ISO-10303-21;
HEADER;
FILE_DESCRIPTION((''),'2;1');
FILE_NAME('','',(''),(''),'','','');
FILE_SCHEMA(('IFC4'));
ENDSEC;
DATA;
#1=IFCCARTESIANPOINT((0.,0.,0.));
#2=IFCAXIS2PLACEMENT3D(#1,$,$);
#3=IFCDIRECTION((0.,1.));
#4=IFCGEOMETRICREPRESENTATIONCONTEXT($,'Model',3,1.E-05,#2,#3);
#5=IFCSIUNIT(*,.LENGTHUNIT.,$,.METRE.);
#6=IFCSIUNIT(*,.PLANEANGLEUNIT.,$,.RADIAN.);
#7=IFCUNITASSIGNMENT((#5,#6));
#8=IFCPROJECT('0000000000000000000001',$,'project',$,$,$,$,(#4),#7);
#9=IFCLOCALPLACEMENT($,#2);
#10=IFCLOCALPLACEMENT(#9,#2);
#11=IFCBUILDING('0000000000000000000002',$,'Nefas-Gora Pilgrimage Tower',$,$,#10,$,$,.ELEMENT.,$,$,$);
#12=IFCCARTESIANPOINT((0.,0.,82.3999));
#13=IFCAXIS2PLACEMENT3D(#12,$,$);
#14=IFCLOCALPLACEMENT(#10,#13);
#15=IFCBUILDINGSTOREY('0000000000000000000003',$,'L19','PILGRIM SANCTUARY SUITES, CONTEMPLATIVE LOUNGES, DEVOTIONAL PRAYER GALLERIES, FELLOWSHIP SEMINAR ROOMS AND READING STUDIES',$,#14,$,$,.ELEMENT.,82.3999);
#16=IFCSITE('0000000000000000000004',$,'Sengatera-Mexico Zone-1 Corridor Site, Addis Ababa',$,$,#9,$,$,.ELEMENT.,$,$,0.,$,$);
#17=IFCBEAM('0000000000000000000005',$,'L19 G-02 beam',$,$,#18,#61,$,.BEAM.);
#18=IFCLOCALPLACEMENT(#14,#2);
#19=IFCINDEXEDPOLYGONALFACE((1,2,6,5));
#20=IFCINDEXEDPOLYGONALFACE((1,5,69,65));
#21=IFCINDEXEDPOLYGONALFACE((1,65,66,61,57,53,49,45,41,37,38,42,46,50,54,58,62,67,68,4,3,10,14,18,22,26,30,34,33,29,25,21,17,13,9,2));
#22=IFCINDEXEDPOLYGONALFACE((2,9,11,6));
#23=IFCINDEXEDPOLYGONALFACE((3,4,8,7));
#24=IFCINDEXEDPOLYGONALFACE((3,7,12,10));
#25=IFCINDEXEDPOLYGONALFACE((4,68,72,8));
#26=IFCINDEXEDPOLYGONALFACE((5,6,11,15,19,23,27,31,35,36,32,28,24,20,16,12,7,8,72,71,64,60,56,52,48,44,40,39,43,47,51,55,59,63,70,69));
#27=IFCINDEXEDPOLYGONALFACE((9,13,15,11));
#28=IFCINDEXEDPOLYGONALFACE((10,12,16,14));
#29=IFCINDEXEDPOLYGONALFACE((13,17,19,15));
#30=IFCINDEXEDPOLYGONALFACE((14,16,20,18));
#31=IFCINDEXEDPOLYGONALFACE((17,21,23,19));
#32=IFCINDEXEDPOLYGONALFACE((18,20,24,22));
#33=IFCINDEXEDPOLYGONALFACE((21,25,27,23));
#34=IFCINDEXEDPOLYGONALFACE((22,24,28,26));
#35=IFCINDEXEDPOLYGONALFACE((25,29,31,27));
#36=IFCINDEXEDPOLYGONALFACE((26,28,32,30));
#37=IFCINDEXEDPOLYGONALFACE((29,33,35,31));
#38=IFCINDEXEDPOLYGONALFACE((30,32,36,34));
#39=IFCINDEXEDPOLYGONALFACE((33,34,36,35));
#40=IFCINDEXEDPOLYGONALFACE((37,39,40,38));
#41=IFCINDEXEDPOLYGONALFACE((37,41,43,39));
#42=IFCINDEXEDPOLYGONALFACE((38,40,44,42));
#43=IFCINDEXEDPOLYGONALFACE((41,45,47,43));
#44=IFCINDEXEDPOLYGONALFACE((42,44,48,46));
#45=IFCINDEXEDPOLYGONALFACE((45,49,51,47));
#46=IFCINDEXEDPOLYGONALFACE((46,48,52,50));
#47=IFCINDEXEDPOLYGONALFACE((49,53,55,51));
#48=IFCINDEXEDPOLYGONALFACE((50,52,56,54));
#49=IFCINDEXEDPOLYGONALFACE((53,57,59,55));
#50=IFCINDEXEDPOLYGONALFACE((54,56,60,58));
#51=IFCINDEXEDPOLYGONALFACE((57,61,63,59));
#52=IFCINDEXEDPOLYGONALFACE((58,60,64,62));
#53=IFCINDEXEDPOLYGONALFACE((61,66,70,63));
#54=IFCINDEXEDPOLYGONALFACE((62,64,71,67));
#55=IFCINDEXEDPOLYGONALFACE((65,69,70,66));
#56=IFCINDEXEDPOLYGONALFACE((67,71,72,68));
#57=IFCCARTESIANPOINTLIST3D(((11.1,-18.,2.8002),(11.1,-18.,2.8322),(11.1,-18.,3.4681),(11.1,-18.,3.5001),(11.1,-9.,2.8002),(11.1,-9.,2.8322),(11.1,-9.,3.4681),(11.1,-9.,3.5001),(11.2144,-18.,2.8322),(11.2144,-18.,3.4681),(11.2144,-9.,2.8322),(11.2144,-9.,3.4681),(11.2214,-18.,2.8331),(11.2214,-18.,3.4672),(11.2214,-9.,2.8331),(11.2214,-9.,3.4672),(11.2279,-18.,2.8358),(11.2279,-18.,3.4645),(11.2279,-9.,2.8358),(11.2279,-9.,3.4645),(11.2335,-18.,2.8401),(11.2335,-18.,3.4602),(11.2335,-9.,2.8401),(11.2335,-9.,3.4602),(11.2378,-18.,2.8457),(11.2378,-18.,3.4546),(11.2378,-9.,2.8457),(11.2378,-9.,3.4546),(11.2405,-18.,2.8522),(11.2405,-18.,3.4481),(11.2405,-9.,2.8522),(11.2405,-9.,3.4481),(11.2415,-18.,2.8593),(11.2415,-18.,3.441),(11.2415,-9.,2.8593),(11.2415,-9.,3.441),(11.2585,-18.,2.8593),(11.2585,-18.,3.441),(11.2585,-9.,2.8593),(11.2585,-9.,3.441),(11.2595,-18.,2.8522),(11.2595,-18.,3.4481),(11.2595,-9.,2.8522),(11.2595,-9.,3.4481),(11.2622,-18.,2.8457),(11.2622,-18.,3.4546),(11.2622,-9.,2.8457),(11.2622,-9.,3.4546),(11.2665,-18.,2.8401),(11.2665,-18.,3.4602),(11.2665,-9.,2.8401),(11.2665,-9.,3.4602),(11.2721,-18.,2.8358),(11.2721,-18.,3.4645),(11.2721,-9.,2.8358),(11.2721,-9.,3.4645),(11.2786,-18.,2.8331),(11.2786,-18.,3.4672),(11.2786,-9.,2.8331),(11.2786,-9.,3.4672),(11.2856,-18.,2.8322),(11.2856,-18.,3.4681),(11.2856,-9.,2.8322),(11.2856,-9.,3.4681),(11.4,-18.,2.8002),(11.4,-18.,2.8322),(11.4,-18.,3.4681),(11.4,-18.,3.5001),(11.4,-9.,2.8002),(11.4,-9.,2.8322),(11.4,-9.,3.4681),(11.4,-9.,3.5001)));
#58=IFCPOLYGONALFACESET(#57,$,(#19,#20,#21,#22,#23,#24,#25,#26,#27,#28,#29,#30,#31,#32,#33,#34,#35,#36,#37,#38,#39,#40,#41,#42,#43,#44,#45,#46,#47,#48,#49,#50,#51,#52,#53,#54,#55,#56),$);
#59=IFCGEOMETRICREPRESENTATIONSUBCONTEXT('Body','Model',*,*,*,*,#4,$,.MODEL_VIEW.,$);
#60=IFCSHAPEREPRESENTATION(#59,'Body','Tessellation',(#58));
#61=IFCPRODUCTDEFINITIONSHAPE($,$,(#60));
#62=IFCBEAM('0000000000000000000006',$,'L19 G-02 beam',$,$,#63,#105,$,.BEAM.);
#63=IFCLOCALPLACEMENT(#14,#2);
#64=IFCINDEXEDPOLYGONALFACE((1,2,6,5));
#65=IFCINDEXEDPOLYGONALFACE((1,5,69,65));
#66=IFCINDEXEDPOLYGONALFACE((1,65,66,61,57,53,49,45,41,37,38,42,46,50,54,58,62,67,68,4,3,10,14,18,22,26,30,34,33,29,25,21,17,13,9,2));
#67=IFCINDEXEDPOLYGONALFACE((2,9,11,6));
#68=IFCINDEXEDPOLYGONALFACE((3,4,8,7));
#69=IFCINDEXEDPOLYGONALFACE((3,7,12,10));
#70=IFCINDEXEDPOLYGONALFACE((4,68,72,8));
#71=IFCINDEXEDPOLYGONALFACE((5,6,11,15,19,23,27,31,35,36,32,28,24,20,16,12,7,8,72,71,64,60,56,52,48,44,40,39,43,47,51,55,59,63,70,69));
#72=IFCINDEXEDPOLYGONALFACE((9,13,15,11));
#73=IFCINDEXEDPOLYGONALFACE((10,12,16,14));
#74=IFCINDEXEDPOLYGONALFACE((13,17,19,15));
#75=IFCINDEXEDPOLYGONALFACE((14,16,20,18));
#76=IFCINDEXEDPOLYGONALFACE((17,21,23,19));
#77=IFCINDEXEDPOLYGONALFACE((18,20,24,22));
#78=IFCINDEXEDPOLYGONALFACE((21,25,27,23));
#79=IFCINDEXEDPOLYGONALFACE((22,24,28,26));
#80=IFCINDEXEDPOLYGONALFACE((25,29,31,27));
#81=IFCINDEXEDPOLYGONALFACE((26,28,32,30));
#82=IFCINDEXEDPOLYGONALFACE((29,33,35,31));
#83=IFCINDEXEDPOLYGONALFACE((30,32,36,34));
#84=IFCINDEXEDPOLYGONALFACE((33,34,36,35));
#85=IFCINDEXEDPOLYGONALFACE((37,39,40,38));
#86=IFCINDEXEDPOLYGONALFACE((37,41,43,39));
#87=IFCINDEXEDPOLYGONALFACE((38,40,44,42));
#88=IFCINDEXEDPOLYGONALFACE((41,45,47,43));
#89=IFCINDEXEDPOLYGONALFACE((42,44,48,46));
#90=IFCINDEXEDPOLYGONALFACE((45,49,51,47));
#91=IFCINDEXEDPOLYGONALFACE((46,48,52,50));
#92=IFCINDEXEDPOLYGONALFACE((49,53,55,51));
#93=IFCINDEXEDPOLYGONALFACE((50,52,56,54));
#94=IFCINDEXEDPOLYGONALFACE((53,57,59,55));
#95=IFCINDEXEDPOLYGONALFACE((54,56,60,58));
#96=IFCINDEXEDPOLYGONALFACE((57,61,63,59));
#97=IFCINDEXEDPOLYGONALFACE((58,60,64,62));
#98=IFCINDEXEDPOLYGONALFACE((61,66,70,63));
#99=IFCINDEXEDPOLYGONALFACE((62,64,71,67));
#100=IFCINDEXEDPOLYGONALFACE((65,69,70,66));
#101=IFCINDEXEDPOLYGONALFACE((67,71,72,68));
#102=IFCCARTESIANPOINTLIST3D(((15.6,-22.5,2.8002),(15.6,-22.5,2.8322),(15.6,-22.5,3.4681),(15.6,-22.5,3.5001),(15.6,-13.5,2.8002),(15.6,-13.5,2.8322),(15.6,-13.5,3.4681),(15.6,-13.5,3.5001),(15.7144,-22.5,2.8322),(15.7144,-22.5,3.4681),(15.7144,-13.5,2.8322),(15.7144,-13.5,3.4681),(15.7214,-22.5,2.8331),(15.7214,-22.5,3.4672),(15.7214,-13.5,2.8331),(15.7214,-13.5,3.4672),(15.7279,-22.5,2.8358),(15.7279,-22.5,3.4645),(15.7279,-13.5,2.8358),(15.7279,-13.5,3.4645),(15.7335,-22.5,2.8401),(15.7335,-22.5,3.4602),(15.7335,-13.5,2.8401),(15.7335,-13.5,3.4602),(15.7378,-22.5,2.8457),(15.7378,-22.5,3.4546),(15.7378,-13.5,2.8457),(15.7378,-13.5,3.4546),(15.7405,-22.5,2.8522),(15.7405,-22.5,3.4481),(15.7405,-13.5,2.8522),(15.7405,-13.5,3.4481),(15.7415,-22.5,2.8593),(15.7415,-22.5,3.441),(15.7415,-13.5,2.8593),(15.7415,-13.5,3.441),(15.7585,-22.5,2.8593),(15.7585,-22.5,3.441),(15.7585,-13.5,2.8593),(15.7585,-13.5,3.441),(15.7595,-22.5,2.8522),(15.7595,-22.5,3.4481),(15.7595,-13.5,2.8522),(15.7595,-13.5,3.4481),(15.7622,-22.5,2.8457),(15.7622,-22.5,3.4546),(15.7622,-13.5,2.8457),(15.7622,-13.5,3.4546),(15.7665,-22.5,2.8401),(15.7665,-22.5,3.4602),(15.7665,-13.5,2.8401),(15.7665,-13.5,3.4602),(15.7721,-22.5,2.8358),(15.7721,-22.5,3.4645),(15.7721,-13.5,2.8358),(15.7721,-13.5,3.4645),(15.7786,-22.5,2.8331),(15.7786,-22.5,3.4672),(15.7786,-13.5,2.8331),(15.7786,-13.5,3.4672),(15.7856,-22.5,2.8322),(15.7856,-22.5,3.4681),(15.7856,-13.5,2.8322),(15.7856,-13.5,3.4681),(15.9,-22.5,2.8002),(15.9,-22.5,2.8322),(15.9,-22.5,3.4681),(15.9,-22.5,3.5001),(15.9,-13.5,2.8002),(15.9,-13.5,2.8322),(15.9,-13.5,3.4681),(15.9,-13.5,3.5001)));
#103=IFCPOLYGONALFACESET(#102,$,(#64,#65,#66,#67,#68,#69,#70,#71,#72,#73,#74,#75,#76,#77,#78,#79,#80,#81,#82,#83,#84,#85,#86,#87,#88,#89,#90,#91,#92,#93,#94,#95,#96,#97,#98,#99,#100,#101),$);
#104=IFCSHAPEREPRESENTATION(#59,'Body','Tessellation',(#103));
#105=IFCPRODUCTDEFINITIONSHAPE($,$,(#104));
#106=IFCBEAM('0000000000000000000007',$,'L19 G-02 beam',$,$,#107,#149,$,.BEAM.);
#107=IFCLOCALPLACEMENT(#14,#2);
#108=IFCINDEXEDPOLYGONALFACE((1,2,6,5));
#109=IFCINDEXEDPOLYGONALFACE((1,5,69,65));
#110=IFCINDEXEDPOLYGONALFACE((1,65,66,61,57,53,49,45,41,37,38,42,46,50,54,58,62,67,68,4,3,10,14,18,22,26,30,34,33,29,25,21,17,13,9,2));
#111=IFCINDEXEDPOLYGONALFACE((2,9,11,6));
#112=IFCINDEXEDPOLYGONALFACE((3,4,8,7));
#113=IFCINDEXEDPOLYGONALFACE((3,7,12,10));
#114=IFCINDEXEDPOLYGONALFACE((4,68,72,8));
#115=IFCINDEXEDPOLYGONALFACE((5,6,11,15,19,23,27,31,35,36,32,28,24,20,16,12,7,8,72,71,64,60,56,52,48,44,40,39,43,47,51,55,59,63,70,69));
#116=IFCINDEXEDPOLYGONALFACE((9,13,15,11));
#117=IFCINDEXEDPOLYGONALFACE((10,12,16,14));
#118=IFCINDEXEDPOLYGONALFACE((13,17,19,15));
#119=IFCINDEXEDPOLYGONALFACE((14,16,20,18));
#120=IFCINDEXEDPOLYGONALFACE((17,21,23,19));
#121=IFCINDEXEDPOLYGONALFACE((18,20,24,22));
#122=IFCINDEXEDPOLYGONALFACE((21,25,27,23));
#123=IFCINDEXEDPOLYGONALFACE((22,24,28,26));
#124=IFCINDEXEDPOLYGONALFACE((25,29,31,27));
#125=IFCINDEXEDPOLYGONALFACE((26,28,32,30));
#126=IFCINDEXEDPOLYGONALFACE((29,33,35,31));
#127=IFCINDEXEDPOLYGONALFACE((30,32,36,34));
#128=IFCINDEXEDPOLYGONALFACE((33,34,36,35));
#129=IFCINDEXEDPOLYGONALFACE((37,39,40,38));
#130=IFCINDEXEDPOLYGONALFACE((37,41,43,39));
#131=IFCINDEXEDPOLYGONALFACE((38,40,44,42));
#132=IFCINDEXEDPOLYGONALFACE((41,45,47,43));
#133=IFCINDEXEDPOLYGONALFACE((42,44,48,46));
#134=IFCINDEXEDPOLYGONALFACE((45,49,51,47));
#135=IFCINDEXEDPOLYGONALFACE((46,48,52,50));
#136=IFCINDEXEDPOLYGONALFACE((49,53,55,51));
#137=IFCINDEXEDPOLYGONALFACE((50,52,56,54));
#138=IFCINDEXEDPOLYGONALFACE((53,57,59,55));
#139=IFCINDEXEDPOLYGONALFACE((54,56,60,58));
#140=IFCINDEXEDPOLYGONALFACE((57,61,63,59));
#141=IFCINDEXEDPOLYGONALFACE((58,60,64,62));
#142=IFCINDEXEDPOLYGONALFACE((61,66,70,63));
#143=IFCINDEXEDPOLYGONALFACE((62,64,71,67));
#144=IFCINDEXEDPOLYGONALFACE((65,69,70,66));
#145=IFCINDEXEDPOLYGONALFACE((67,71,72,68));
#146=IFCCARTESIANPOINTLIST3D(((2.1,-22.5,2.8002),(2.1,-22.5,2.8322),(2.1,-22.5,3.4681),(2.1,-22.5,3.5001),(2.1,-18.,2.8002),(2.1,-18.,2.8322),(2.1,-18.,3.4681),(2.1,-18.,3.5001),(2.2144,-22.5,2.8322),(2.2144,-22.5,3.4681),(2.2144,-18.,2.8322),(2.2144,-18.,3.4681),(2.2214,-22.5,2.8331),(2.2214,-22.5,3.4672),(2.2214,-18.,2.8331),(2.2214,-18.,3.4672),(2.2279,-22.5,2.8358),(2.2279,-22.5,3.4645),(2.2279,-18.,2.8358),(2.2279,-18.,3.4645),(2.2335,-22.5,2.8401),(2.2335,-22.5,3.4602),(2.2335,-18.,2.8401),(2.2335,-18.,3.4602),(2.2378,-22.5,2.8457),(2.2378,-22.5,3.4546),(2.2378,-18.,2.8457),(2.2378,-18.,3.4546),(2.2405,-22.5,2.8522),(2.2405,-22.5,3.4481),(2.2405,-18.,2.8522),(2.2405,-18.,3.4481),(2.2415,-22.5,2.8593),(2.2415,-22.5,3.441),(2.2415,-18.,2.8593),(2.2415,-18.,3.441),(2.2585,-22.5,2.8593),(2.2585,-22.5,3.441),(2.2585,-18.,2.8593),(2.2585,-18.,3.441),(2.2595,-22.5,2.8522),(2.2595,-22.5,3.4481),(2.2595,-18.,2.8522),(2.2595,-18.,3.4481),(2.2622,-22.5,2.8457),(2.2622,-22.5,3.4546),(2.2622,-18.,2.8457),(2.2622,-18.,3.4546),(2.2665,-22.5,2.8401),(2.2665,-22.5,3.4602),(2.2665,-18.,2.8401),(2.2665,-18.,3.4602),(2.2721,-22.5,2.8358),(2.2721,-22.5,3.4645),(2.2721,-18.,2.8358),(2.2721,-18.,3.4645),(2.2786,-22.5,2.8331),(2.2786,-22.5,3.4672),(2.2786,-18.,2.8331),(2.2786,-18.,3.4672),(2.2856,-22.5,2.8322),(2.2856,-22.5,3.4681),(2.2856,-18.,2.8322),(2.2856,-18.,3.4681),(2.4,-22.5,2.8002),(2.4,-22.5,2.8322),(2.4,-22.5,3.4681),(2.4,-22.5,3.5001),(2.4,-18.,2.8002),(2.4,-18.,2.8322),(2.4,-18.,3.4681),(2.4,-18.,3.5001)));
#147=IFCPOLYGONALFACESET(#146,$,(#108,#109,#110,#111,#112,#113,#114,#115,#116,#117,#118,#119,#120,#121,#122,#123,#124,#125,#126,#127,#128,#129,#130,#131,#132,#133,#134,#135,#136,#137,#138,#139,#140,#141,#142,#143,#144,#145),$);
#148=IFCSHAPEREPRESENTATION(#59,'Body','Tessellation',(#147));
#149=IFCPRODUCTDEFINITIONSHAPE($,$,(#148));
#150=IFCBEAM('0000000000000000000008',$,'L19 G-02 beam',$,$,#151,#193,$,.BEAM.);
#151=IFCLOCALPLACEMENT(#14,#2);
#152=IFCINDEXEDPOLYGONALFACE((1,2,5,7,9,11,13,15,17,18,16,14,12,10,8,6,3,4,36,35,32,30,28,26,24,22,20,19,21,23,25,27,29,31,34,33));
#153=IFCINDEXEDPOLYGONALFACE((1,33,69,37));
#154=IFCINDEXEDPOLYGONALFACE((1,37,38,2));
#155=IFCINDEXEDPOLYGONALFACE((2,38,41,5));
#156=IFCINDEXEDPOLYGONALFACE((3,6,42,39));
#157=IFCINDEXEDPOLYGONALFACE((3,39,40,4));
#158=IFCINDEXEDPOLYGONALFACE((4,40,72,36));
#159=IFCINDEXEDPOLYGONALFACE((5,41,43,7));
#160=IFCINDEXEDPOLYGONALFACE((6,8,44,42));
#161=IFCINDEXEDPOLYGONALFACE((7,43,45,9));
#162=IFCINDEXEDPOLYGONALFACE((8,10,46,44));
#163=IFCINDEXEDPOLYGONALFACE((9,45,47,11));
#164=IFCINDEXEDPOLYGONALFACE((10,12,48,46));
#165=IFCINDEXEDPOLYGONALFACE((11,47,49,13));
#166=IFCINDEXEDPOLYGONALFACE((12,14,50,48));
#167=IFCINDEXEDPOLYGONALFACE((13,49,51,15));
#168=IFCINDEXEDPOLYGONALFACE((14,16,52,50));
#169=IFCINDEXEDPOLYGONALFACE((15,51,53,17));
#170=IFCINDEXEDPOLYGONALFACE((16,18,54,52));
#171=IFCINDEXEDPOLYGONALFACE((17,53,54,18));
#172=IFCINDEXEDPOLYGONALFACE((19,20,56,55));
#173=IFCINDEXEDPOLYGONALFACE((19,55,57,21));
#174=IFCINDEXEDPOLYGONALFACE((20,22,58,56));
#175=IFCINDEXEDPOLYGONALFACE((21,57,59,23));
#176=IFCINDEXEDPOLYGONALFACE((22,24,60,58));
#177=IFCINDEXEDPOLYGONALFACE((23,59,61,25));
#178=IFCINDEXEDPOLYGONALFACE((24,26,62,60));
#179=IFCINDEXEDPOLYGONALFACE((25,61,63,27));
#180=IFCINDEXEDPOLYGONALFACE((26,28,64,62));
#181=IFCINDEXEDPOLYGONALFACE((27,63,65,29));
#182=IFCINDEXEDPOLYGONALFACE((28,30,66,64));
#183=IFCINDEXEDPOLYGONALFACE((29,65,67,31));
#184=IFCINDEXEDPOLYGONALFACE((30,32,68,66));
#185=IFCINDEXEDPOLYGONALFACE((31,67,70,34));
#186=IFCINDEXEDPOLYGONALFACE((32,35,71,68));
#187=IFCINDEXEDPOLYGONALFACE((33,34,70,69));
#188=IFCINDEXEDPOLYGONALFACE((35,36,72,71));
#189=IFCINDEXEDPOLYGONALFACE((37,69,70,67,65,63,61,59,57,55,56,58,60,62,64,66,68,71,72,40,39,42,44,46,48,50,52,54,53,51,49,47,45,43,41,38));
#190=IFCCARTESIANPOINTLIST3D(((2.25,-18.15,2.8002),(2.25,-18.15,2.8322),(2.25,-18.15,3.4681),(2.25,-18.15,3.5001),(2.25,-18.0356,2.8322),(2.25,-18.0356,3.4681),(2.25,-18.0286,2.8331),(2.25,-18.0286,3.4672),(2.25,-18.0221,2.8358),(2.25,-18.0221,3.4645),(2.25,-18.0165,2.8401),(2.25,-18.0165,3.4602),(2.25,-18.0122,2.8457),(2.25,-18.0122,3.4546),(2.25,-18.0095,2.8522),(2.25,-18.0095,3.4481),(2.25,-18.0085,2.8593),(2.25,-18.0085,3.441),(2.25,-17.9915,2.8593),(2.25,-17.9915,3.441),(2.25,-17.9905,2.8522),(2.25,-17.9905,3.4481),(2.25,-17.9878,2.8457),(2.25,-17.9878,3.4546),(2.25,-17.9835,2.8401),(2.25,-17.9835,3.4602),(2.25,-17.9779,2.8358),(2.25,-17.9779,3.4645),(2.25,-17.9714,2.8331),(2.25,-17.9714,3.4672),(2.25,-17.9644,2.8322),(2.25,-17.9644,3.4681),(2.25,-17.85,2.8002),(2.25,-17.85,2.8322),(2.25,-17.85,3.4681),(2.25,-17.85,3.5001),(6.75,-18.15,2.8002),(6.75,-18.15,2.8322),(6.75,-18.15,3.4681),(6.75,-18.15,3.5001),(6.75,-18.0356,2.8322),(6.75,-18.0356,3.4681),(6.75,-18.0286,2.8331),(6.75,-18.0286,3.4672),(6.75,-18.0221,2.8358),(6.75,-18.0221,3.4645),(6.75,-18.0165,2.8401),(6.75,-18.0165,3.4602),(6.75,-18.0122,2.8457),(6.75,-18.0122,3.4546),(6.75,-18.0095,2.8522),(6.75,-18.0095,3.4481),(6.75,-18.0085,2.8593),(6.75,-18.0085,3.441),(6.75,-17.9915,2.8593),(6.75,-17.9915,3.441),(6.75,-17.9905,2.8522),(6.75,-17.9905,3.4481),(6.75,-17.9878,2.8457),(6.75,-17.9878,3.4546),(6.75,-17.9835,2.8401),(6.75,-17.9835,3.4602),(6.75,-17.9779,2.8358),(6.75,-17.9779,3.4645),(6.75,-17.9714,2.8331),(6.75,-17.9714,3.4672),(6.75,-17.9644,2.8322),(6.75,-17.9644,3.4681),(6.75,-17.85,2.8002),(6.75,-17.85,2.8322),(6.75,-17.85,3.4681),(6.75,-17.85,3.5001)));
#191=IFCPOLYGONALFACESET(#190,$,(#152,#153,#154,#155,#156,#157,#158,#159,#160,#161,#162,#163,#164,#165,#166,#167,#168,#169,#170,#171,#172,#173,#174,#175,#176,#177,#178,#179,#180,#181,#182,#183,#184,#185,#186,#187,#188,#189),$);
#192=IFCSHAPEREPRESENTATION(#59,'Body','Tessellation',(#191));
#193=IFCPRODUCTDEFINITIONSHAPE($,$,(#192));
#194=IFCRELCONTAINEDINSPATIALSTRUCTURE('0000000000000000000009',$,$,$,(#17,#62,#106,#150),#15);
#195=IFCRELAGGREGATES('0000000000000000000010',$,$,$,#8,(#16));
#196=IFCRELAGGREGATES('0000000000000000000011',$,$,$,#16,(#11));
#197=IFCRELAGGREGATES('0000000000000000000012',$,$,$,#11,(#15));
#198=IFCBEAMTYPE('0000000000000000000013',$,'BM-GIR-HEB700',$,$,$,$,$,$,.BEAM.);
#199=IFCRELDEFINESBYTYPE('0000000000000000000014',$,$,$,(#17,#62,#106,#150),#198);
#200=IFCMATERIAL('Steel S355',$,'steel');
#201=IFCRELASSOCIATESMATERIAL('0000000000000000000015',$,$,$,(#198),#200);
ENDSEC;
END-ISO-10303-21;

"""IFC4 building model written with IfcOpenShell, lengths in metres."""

from ifc_helpers import new_model, si_unit, direction, frame, origin, origin_2d, place, context, subcontext, project, spatial, i_section, extrude, source, transform, mapped, material, material_profile, profile_set, type_object, element, save


model = new_model("IFC4")

# Units and contexts
model_context = context("Model", 3, precision=1e-05, world=origin(), true_north=direction((0.0, 1.0)))
body_context = subcontext(model_context, "Body", "Model", "MODEL_VIEW")
ifc_project = project(units=[si_unit("LENGTHUNIT", "METRE"), si_unit("PLANEANGLEUNIT", "RADIAN")], contexts=[model_context])

# Site, building, storey
site_placement = place(None, origin())
site = spatial("IfcSite", under=ifc_project, at=site_placement, Name="Sengatera-Mexico Zone-1 Corridor Site, Addis Ababa", CompositionType="ELEMENT", RefElevation=0.0)
building_placement = place(site_placement, origin())
building = spatial("IfcBuilding", under=site, at=building_placement, Name="Nefas-Gora Pilgrimage Tower", CompositionType="ELEMENT")
storey_placement = place(building_placement, frame((0.0, 0.0, 82.3999)))
storey = spatial("IfcBuildingStorey", under=building, at=storey_placement, Name="L19", Description="PILGRIM SANCTUARY SUITES, CONTEMPLATIVE LOUNGES, DEVOTIONAL PRAYER GALLERIES, FELLOWSHIP SEMINAR ROOMS AND READING STUDIES", CompositionType="ELEMENT", Elevation=82.3999)

# Beams
ifc_material_1 = material(Name="Steel S355", Category="steel")
ifc_material_profile_1 = material_profile(ifc_material_1, i_section(OverallWidth=0.3, OverallDepth=0.7, WebThickness=0.0171, FlangeThickness=0.032, FilletRadius=0.0271, at=origin_2d()), Name="HEB 700")
ifc_profile_set_1 = profile_set([ifc_material_profile_1], Name="Steel S355")
beam_type_1 = type_object("IfcBeamType", Name="BM-GIR-HEB700", PredefinedType="BEAM", material=ifc_profile_set_1)
shared_shape_1 = source(origin(), body_context, "Body", "SweptSolid", [
    extrude(i_section(OverallWidth=0.3, OverallDepth=0.7, WebThickness=0.0171, FlangeThickness=0.032, FilletRadius=0.0271, at=origin_2d()), origin(), (0.0, 0.0, 1.0), 9.0),
])
for number, where, z_axis, x_axis, name in (
    (1, (11.25, -18.0, 3.1501), (0.0, 1.0, 0.0), (-1.0, 0.0, 0.0), "L19 G-02 beam"),
    (2, (15.75, -22.5, 3.1501), (0.0, 1.0, 0.0), (-1.0, 0.0, 0.0), "L19 G-02 beam"),
):
    element("IfcBeam", number, at=place(storey_placement, frame(where, z_axis=z_axis, x_axis=x_axis)), inside=storey, type_object=beam_type_1, Name=name, PredefinedType="BEAM", context=body_context, shape_type="MappedRepresentation", body=[
        mapped(shared_shape_1, transform((0.0, 0.0, 0.0), x_axis=(1.0, 0.0, 0.0), y_axis=(0.0, 1.0, 0.0), z_axis=(0.0, 0.0, 1.0), scale=1.0)),
    ])
shared_shape_2 = source(origin(), body_context, "Body", "SweptSolid", [
    extrude(i_section(OverallWidth=0.3, OverallDepth=0.7, WebThickness=0.0171, FlangeThickness=0.032, FilletRadius=0.0271, at=origin_2d()), origin(), (0.0, 0.0, 1.0), 4.5),
])
for number, where, z_axis, x_axis, name in (
    (3, (2.25, -22.5, 3.1501), (0.0, 1.0, 0.0), (-1.0, 0.0, 0.0), "L19 G-02 beam"),
    (4, (2.25, -18.0, 3.1501), (1.0, 0.0, 0.0), (0.0, 1.0, 0.0), "L19 G-02 beam"),
):
    element("IfcBeam", number, at=place(storey_placement, frame(where, z_axis=z_axis, x_axis=x_axis)), inside=storey, type_object=beam_type_1, Name=name, PredefinedType="BEAM", context=body_context, shape_type="MappedRepresentation", body=[
        mapped(shared_shape_2, transform((0.0, 0.0, 0.0), x_axis=(1.0, 0.0, 0.0), y_axis=(0.0, 1.0, 0.0), z_axis=(0.0, 0.0, 1.0), scale=1.0)),
    ])

save(model, "model.ifc")
